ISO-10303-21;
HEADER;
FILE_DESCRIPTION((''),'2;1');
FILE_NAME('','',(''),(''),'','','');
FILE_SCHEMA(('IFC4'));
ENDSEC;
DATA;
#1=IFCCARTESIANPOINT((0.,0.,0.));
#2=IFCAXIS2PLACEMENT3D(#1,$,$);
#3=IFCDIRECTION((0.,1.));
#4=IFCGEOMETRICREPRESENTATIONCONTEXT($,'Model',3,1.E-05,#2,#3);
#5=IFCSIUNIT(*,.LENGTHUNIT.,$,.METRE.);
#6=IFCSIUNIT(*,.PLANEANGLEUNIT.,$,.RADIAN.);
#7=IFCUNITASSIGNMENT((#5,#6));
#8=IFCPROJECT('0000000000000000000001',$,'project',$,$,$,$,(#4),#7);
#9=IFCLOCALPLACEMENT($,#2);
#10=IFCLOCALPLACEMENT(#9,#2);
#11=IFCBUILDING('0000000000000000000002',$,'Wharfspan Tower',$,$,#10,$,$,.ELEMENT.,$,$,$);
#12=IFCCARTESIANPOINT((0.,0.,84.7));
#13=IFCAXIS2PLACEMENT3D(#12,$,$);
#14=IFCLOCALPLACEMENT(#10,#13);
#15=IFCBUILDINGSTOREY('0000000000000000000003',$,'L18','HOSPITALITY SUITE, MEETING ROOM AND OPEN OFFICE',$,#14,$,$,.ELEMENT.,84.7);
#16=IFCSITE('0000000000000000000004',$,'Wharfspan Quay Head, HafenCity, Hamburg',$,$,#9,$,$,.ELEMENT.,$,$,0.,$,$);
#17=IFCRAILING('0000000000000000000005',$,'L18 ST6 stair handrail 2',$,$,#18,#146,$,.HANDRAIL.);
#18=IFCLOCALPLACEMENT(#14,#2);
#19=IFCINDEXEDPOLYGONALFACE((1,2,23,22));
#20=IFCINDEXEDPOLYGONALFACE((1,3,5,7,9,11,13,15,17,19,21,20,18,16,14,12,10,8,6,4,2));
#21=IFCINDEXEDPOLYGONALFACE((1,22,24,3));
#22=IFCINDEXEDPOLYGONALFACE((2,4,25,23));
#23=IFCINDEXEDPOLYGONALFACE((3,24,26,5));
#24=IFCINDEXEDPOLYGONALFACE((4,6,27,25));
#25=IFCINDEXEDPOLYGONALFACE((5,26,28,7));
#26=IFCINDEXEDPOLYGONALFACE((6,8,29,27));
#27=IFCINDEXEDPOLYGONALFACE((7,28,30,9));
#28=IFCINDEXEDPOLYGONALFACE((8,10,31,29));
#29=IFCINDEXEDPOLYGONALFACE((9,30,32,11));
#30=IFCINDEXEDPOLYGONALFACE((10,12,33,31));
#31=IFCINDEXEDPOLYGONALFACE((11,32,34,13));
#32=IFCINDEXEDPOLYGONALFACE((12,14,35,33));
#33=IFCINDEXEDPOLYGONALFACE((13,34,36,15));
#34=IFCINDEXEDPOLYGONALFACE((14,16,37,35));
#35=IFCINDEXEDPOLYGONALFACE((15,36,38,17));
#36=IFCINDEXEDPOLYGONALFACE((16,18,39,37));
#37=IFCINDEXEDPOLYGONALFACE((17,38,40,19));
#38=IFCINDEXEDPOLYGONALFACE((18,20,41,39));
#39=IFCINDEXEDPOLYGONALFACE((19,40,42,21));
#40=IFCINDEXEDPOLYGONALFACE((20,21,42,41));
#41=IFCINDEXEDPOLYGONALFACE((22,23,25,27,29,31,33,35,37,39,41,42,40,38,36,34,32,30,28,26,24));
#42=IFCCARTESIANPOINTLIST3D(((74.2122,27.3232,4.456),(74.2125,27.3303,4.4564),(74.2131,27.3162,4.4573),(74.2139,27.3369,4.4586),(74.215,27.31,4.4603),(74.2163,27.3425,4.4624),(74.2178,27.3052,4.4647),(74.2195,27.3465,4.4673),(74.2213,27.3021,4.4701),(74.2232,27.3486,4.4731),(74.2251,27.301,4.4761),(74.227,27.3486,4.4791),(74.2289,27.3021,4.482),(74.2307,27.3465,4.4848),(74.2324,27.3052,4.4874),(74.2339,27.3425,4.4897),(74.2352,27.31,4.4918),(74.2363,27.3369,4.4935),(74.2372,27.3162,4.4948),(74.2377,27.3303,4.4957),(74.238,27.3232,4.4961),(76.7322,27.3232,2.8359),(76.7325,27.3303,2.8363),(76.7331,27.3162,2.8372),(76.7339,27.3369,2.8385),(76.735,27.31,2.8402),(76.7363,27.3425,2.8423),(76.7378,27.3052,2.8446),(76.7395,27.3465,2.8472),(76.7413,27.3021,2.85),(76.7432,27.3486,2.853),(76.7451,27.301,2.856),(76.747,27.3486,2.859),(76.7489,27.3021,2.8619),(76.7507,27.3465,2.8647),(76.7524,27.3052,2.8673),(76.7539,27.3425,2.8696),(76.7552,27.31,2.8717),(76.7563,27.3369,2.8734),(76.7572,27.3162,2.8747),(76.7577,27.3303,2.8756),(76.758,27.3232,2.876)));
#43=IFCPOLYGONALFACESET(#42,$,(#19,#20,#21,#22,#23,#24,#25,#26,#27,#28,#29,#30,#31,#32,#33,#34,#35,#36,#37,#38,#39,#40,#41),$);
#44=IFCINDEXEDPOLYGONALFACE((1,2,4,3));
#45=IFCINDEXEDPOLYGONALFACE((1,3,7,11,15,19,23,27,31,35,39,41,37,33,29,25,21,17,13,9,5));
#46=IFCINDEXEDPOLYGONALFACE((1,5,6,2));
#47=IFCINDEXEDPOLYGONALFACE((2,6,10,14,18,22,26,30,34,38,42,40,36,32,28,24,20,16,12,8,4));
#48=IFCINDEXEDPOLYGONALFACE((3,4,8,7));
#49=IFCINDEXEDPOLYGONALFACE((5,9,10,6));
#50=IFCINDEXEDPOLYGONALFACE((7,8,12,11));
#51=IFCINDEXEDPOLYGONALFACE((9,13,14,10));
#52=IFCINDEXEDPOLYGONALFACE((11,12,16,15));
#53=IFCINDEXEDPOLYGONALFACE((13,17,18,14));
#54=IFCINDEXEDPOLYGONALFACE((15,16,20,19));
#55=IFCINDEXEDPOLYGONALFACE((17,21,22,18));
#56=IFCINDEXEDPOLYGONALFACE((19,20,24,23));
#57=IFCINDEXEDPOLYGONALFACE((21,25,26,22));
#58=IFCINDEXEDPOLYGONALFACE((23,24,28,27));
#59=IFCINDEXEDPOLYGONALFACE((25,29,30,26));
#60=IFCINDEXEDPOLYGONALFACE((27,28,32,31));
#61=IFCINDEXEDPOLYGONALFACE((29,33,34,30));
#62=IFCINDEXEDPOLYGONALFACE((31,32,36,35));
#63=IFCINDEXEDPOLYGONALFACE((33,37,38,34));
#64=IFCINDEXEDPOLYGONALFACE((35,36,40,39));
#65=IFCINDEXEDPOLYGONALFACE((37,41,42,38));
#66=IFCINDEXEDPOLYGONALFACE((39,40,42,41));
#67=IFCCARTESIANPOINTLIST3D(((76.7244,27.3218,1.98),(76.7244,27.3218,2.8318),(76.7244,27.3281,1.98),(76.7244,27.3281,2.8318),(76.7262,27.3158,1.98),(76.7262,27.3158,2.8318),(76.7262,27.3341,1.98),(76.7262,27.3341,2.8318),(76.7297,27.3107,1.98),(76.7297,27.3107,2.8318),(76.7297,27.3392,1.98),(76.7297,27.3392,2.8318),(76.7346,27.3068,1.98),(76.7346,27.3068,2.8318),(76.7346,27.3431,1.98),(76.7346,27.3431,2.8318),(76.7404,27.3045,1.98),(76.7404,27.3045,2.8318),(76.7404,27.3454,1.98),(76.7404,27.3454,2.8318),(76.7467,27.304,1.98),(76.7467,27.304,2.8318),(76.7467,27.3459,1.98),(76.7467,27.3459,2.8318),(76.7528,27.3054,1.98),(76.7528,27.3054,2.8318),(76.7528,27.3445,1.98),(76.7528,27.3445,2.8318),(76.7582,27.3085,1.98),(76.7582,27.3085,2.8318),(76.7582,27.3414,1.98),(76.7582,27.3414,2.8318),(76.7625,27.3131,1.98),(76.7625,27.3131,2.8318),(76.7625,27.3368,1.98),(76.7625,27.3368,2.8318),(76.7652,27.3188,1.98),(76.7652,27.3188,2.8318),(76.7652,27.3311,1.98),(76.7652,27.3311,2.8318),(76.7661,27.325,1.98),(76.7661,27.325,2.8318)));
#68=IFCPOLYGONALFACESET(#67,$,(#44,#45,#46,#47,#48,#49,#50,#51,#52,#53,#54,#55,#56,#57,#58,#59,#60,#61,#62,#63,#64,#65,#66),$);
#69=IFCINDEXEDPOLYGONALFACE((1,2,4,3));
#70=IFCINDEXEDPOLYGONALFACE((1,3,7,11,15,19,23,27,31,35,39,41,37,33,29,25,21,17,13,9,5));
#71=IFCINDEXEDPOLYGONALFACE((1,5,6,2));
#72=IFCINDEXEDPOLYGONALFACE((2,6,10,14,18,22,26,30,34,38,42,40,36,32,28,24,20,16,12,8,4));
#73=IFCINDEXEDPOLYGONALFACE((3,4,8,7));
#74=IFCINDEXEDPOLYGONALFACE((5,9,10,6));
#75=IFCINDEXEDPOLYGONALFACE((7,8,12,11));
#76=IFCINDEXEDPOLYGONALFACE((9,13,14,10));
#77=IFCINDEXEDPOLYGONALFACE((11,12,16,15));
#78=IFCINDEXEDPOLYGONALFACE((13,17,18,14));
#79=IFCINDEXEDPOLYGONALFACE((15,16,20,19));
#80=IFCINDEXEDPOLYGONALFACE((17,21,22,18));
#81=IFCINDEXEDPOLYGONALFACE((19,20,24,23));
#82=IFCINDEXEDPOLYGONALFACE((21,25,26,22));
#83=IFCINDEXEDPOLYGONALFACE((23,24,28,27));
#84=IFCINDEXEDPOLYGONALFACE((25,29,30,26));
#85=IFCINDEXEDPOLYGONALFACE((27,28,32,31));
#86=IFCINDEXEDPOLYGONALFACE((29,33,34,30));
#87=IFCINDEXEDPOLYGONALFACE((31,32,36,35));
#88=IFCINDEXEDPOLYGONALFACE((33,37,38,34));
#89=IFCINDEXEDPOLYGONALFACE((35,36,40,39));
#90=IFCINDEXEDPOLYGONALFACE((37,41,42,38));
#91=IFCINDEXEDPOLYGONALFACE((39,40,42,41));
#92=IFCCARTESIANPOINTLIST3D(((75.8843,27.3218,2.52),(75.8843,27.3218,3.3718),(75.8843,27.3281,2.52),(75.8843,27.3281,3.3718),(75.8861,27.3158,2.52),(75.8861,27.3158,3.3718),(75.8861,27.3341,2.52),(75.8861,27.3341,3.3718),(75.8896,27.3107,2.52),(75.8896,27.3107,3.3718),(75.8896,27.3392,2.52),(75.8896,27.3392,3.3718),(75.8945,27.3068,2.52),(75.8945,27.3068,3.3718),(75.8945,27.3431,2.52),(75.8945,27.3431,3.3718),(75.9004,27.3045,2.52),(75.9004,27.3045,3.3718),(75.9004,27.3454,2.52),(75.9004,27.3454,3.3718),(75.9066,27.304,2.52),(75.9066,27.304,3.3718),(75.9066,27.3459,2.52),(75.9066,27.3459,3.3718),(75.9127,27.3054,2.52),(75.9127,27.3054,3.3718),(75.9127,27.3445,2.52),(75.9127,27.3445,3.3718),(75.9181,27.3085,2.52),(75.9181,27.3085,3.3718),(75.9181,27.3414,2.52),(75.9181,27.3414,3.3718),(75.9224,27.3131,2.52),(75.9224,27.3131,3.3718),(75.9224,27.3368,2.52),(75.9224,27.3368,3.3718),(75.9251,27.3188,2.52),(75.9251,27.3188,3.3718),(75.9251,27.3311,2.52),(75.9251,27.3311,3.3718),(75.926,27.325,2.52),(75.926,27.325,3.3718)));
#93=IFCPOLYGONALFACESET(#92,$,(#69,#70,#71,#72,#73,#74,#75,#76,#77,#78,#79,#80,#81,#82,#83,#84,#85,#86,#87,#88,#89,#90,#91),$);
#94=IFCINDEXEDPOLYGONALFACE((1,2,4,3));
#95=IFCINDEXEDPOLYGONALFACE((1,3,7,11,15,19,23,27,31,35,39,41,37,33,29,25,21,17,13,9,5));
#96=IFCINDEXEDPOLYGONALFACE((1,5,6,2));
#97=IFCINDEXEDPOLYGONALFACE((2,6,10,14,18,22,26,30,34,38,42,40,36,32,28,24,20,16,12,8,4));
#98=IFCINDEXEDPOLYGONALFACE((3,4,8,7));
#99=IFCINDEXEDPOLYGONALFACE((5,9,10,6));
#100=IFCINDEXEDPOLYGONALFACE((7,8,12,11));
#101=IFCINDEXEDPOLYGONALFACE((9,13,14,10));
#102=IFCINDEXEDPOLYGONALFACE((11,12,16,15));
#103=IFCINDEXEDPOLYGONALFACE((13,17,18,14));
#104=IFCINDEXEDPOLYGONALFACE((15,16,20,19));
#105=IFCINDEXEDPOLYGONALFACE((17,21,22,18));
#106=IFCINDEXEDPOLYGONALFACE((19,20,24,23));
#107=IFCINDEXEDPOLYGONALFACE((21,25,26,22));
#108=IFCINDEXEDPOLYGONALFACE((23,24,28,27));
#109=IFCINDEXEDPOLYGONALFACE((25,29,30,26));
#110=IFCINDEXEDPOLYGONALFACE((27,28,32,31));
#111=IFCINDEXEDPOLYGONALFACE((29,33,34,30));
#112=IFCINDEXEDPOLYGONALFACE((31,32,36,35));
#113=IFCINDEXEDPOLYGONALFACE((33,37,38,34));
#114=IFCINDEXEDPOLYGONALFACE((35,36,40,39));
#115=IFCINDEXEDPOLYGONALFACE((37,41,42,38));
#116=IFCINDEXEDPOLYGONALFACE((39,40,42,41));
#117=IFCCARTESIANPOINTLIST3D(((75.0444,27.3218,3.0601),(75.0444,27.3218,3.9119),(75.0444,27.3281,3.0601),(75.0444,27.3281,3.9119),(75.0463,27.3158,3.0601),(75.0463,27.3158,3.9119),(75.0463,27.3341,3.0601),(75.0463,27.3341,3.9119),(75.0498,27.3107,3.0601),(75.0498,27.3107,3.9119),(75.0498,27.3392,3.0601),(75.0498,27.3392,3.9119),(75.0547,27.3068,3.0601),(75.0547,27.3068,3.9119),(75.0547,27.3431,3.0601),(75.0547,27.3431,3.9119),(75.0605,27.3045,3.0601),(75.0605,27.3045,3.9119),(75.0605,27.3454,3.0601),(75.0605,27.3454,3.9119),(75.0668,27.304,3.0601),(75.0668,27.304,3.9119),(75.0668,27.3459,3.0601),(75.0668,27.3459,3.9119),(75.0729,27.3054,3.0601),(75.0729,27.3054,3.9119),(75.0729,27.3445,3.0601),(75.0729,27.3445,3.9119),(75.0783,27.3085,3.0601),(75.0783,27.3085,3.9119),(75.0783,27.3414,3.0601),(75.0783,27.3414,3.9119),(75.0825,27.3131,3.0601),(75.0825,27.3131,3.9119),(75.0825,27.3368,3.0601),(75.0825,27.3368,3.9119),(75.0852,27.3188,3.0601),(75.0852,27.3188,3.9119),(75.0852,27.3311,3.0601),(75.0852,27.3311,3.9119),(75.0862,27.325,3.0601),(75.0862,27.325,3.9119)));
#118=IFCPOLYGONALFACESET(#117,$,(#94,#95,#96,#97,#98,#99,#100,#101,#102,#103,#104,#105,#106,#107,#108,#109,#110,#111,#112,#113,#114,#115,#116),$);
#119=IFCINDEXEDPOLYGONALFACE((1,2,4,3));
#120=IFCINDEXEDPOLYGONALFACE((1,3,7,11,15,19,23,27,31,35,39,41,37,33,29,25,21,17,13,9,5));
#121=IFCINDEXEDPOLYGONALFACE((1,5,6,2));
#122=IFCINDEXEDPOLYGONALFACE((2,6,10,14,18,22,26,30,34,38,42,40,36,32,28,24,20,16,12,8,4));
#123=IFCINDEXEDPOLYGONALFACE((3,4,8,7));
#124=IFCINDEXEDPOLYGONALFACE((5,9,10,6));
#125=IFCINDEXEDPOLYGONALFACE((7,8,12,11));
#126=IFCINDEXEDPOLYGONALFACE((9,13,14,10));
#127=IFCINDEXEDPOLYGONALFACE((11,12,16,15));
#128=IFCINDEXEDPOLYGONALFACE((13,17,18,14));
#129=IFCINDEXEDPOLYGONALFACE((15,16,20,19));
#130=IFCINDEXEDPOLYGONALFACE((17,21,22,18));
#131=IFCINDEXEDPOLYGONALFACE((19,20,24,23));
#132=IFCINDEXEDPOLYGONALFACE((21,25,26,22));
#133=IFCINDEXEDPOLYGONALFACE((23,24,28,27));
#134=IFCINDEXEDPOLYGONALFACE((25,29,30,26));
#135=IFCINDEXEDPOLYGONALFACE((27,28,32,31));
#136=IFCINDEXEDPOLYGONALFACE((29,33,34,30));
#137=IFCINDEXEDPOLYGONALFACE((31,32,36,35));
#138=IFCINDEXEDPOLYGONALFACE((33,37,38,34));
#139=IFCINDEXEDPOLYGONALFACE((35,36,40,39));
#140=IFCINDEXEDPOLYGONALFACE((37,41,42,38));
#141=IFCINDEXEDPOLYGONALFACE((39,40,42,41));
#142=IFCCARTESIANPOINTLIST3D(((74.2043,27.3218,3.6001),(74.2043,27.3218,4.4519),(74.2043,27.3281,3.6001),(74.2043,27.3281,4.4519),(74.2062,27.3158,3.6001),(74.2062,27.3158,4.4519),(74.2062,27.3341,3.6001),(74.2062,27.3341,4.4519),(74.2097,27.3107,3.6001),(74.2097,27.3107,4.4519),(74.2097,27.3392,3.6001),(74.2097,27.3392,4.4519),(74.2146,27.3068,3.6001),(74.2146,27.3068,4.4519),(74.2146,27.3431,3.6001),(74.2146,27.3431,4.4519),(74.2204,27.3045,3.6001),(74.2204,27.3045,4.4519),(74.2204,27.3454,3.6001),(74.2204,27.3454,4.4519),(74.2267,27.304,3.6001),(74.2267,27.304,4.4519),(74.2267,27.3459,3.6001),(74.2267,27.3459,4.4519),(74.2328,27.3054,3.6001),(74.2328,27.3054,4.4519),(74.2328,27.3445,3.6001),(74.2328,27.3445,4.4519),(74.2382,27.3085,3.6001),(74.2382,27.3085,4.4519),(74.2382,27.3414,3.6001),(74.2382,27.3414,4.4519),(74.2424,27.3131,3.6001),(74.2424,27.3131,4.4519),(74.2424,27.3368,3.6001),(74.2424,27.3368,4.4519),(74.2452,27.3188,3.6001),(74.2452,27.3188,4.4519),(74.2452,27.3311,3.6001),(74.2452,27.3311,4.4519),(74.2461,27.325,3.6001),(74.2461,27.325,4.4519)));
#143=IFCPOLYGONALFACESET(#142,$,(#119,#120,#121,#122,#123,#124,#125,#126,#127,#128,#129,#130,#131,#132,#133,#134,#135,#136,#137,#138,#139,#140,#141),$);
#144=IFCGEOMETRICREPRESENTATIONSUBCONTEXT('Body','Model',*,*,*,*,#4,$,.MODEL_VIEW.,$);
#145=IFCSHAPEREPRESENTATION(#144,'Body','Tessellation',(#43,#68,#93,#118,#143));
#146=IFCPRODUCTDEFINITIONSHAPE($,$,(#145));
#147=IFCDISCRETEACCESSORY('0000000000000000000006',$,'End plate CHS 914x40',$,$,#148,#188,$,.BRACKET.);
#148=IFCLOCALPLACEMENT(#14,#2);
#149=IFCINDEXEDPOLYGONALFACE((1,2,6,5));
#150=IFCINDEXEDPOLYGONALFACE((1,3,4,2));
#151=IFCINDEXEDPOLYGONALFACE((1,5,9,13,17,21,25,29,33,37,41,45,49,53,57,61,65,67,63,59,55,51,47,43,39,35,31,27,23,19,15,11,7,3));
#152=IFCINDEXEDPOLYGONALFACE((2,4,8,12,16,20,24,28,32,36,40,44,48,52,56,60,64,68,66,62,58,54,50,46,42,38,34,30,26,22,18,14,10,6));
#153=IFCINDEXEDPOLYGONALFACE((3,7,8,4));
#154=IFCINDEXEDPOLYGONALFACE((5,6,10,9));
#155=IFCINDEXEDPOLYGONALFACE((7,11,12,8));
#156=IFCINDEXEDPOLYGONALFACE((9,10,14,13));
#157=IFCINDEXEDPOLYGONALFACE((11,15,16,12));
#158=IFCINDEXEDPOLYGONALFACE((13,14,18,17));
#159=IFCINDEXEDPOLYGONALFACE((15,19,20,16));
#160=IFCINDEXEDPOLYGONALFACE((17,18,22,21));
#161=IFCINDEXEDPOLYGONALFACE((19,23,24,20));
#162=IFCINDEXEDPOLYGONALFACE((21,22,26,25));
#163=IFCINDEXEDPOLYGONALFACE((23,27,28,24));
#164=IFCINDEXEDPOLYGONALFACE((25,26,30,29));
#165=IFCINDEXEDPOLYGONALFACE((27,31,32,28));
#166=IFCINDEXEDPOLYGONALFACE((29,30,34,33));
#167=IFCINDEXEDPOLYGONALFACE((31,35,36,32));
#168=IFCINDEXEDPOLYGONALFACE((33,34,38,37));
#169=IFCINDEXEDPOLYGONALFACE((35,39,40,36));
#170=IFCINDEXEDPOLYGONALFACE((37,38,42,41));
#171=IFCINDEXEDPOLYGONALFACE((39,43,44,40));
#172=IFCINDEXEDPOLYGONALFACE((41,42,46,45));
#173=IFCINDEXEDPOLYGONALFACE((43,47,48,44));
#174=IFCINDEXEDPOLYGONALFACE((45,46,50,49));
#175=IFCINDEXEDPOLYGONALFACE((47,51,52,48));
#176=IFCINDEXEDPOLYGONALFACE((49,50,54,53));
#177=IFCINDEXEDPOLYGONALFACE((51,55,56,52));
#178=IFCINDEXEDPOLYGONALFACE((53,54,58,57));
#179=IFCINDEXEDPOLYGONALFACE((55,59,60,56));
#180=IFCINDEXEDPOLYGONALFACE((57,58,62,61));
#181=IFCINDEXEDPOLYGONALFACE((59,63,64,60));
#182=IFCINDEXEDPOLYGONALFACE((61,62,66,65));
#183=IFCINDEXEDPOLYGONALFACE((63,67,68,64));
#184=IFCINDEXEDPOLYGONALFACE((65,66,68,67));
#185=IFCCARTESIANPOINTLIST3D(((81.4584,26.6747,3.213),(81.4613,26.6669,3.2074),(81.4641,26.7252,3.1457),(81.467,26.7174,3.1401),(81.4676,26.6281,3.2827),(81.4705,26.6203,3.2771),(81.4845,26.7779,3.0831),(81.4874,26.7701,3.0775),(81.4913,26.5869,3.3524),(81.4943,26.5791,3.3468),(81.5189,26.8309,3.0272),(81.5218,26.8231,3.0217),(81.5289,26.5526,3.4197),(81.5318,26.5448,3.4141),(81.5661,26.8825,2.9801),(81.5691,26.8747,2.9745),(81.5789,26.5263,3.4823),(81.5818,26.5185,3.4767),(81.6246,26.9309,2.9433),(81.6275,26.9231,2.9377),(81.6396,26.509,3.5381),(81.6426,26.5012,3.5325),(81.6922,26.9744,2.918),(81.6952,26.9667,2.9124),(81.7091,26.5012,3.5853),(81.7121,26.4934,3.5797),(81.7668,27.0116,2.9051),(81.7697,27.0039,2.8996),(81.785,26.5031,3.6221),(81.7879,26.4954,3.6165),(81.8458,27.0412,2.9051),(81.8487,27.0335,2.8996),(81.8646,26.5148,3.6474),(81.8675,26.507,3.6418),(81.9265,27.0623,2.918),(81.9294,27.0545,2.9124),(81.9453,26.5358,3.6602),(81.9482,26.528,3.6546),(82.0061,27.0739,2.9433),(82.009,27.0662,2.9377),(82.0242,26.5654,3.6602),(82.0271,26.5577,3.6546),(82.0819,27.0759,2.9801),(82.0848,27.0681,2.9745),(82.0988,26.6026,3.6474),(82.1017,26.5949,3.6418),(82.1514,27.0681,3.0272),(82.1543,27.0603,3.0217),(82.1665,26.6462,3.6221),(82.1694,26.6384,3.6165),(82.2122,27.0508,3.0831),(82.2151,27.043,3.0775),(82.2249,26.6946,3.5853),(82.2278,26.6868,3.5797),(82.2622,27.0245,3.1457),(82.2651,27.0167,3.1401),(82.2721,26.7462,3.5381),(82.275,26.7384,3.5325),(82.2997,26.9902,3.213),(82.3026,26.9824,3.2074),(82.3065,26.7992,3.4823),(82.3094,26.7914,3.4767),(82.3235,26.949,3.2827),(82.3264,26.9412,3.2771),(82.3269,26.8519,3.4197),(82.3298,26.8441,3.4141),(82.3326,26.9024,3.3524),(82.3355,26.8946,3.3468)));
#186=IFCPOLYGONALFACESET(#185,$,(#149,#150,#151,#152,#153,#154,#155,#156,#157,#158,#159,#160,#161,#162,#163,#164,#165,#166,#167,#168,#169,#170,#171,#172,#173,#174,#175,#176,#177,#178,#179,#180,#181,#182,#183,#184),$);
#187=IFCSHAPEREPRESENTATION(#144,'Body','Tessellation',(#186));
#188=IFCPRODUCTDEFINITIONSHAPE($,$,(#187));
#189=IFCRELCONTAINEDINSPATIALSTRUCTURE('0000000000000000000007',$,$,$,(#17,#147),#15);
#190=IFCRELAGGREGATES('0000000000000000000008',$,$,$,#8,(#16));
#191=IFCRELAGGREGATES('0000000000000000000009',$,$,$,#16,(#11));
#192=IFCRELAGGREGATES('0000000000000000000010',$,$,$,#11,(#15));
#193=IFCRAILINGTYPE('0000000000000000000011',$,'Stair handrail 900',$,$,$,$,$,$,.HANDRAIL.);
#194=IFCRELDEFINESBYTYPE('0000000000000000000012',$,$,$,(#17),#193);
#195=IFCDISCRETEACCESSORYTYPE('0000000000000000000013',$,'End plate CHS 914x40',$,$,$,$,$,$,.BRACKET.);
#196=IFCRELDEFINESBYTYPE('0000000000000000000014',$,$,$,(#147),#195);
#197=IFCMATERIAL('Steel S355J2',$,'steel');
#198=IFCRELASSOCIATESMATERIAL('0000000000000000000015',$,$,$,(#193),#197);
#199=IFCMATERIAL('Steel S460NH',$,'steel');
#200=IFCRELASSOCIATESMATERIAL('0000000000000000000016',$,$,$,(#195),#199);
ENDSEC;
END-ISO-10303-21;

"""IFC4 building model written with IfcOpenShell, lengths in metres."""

from ifc_helpers import new_model, si_unit, direction, frame, origin, origin_2d, place, context, subcontext, project, spatial, circle, extrude, material, material_profile, profile_set, type_object, element, save


model = new_model("IFC4")

# Units and contexts
model_context = context("Model", 3, precision=1e-05, world=origin(), true_north=direction((0.0, 1.0)))
body_context = subcontext(model_context, "Body", "Model", "MODEL_VIEW")
ifc_project = project(units=[si_unit("LENGTHUNIT", "METRE"), si_unit("PLANEANGLEUNIT", "RADIAN")], contexts=[model_context])

# Site, building, storey
site_placement = place(None, origin())
site = spatial("IfcSite", under=ifc_project, at=site_placement, Name="Wharfspan Quay Head, HafenCity, Hamburg", CompositionType="ELEMENT", RefElevation=0.0)
building_placement = place(site_placement, origin())
building = spatial("IfcBuilding", under=site, at=building_placement, Name="Wharfspan Tower", CompositionType="ELEMENT")
storey_placement = place(building_placement, frame((0.0, 0.0, 84.7)))
storey = spatial("IfcBuildingStorey", under=building, at=storey_placement, Name="L18", Description="HOSPITALITY SUITE, MEETING ROOM AND OPEN OFFICE", CompositionType="ELEMENT", Elevation=84.7)

# Shared definitions
ifc_material_1 = material(Name="Steel S355J2", Category="steel")

# Shared definitions
ifc_material_2 = material(Name="Steel S460NH", Category="steel")

# Railing
railing_type = type_object("IfcRailingType", Name="Stair handrail 900", PredefinedType="HANDRAIL", material=ifc_material_1)
railing_placement = place(storey_placement, frame((76.7451, 27.325, 1.98)))
element("IfcRailing", 1, at=railing_placement, inside=storey, type_object=railing_type, Name="L18 ST6 stair handrail 2", PredefinedType="HANDRAIL", context=body_context, shape_type="SweptSolid", body=[
    extrude(circle(Radius=0.0239, at=origin_2d()), frame((0.0, 0.0, 0.876), z_axis=(-0.841163, 0.0, 0.540782), x_axis=(0.0, -1.0, 0.0)), (0.0, 0.0, 1.0), 2.9958),
    extrude(circle(Radius=0.021, at=origin_2d()), origin(), (0.0, 0.0, 1.0), 0.8518),
    extrude(circle(Radius=0.021, at=origin_2d()), frame((-0.8401, 0.0, 0.54)), (0.0, 0.0, 1.0), 0.8518),
    extrude(circle(Radius=0.021, at=origin_2d()), frame((-1.6799, 0.0, 1.0801)), (0.0, 0.0, 1.0), 0.8518),
    extrude(circle(Radius=0.021, at=origin_2d()), frame((-2.52, 0.0, 1.6201)), (0.0, 0.0, 1.0), 0.8518),
])

# Discrete accessory
ifc_material_profile_1 = material_profile(ifc_material_2, circle(Radius=0.457, at=origin_2d()))
ifc_profile_set_1 = profile_set([ifc_material_profile_1], Name="Steel S460NH")
discrete_accessory_type = type_object("IfcDiscreteAccessoryType", Name="End plate CHS 914x40", PredefinedType="BRACKET", material=ifc_profile_set_1)
for number, where, z_axis, x_axis, name in (
    (2, (81.8984, 26.7808, 3.2771), (-0.2913, 0.7768, 0.558325), (-0.936328, -0.351123, 0.0), "End plate CHS 914x40"),
):
    element("IfcDiscreteAccessory", number, at=place(storey_placement, frame(where, z_axis=z_axis, x_axis=x_axis)), inside=storey, type_object=discrete_accessory_type, Name=name, PredefinedType="BRACKET", context=body_context, shape_type="SweptSolid", body=[
        extrude(circle(Radius=0.457, at=origin_2d()), origin(), (0.0, 0.0, 1.0), 0.01),
    ])

save(model, "model.ifc")
